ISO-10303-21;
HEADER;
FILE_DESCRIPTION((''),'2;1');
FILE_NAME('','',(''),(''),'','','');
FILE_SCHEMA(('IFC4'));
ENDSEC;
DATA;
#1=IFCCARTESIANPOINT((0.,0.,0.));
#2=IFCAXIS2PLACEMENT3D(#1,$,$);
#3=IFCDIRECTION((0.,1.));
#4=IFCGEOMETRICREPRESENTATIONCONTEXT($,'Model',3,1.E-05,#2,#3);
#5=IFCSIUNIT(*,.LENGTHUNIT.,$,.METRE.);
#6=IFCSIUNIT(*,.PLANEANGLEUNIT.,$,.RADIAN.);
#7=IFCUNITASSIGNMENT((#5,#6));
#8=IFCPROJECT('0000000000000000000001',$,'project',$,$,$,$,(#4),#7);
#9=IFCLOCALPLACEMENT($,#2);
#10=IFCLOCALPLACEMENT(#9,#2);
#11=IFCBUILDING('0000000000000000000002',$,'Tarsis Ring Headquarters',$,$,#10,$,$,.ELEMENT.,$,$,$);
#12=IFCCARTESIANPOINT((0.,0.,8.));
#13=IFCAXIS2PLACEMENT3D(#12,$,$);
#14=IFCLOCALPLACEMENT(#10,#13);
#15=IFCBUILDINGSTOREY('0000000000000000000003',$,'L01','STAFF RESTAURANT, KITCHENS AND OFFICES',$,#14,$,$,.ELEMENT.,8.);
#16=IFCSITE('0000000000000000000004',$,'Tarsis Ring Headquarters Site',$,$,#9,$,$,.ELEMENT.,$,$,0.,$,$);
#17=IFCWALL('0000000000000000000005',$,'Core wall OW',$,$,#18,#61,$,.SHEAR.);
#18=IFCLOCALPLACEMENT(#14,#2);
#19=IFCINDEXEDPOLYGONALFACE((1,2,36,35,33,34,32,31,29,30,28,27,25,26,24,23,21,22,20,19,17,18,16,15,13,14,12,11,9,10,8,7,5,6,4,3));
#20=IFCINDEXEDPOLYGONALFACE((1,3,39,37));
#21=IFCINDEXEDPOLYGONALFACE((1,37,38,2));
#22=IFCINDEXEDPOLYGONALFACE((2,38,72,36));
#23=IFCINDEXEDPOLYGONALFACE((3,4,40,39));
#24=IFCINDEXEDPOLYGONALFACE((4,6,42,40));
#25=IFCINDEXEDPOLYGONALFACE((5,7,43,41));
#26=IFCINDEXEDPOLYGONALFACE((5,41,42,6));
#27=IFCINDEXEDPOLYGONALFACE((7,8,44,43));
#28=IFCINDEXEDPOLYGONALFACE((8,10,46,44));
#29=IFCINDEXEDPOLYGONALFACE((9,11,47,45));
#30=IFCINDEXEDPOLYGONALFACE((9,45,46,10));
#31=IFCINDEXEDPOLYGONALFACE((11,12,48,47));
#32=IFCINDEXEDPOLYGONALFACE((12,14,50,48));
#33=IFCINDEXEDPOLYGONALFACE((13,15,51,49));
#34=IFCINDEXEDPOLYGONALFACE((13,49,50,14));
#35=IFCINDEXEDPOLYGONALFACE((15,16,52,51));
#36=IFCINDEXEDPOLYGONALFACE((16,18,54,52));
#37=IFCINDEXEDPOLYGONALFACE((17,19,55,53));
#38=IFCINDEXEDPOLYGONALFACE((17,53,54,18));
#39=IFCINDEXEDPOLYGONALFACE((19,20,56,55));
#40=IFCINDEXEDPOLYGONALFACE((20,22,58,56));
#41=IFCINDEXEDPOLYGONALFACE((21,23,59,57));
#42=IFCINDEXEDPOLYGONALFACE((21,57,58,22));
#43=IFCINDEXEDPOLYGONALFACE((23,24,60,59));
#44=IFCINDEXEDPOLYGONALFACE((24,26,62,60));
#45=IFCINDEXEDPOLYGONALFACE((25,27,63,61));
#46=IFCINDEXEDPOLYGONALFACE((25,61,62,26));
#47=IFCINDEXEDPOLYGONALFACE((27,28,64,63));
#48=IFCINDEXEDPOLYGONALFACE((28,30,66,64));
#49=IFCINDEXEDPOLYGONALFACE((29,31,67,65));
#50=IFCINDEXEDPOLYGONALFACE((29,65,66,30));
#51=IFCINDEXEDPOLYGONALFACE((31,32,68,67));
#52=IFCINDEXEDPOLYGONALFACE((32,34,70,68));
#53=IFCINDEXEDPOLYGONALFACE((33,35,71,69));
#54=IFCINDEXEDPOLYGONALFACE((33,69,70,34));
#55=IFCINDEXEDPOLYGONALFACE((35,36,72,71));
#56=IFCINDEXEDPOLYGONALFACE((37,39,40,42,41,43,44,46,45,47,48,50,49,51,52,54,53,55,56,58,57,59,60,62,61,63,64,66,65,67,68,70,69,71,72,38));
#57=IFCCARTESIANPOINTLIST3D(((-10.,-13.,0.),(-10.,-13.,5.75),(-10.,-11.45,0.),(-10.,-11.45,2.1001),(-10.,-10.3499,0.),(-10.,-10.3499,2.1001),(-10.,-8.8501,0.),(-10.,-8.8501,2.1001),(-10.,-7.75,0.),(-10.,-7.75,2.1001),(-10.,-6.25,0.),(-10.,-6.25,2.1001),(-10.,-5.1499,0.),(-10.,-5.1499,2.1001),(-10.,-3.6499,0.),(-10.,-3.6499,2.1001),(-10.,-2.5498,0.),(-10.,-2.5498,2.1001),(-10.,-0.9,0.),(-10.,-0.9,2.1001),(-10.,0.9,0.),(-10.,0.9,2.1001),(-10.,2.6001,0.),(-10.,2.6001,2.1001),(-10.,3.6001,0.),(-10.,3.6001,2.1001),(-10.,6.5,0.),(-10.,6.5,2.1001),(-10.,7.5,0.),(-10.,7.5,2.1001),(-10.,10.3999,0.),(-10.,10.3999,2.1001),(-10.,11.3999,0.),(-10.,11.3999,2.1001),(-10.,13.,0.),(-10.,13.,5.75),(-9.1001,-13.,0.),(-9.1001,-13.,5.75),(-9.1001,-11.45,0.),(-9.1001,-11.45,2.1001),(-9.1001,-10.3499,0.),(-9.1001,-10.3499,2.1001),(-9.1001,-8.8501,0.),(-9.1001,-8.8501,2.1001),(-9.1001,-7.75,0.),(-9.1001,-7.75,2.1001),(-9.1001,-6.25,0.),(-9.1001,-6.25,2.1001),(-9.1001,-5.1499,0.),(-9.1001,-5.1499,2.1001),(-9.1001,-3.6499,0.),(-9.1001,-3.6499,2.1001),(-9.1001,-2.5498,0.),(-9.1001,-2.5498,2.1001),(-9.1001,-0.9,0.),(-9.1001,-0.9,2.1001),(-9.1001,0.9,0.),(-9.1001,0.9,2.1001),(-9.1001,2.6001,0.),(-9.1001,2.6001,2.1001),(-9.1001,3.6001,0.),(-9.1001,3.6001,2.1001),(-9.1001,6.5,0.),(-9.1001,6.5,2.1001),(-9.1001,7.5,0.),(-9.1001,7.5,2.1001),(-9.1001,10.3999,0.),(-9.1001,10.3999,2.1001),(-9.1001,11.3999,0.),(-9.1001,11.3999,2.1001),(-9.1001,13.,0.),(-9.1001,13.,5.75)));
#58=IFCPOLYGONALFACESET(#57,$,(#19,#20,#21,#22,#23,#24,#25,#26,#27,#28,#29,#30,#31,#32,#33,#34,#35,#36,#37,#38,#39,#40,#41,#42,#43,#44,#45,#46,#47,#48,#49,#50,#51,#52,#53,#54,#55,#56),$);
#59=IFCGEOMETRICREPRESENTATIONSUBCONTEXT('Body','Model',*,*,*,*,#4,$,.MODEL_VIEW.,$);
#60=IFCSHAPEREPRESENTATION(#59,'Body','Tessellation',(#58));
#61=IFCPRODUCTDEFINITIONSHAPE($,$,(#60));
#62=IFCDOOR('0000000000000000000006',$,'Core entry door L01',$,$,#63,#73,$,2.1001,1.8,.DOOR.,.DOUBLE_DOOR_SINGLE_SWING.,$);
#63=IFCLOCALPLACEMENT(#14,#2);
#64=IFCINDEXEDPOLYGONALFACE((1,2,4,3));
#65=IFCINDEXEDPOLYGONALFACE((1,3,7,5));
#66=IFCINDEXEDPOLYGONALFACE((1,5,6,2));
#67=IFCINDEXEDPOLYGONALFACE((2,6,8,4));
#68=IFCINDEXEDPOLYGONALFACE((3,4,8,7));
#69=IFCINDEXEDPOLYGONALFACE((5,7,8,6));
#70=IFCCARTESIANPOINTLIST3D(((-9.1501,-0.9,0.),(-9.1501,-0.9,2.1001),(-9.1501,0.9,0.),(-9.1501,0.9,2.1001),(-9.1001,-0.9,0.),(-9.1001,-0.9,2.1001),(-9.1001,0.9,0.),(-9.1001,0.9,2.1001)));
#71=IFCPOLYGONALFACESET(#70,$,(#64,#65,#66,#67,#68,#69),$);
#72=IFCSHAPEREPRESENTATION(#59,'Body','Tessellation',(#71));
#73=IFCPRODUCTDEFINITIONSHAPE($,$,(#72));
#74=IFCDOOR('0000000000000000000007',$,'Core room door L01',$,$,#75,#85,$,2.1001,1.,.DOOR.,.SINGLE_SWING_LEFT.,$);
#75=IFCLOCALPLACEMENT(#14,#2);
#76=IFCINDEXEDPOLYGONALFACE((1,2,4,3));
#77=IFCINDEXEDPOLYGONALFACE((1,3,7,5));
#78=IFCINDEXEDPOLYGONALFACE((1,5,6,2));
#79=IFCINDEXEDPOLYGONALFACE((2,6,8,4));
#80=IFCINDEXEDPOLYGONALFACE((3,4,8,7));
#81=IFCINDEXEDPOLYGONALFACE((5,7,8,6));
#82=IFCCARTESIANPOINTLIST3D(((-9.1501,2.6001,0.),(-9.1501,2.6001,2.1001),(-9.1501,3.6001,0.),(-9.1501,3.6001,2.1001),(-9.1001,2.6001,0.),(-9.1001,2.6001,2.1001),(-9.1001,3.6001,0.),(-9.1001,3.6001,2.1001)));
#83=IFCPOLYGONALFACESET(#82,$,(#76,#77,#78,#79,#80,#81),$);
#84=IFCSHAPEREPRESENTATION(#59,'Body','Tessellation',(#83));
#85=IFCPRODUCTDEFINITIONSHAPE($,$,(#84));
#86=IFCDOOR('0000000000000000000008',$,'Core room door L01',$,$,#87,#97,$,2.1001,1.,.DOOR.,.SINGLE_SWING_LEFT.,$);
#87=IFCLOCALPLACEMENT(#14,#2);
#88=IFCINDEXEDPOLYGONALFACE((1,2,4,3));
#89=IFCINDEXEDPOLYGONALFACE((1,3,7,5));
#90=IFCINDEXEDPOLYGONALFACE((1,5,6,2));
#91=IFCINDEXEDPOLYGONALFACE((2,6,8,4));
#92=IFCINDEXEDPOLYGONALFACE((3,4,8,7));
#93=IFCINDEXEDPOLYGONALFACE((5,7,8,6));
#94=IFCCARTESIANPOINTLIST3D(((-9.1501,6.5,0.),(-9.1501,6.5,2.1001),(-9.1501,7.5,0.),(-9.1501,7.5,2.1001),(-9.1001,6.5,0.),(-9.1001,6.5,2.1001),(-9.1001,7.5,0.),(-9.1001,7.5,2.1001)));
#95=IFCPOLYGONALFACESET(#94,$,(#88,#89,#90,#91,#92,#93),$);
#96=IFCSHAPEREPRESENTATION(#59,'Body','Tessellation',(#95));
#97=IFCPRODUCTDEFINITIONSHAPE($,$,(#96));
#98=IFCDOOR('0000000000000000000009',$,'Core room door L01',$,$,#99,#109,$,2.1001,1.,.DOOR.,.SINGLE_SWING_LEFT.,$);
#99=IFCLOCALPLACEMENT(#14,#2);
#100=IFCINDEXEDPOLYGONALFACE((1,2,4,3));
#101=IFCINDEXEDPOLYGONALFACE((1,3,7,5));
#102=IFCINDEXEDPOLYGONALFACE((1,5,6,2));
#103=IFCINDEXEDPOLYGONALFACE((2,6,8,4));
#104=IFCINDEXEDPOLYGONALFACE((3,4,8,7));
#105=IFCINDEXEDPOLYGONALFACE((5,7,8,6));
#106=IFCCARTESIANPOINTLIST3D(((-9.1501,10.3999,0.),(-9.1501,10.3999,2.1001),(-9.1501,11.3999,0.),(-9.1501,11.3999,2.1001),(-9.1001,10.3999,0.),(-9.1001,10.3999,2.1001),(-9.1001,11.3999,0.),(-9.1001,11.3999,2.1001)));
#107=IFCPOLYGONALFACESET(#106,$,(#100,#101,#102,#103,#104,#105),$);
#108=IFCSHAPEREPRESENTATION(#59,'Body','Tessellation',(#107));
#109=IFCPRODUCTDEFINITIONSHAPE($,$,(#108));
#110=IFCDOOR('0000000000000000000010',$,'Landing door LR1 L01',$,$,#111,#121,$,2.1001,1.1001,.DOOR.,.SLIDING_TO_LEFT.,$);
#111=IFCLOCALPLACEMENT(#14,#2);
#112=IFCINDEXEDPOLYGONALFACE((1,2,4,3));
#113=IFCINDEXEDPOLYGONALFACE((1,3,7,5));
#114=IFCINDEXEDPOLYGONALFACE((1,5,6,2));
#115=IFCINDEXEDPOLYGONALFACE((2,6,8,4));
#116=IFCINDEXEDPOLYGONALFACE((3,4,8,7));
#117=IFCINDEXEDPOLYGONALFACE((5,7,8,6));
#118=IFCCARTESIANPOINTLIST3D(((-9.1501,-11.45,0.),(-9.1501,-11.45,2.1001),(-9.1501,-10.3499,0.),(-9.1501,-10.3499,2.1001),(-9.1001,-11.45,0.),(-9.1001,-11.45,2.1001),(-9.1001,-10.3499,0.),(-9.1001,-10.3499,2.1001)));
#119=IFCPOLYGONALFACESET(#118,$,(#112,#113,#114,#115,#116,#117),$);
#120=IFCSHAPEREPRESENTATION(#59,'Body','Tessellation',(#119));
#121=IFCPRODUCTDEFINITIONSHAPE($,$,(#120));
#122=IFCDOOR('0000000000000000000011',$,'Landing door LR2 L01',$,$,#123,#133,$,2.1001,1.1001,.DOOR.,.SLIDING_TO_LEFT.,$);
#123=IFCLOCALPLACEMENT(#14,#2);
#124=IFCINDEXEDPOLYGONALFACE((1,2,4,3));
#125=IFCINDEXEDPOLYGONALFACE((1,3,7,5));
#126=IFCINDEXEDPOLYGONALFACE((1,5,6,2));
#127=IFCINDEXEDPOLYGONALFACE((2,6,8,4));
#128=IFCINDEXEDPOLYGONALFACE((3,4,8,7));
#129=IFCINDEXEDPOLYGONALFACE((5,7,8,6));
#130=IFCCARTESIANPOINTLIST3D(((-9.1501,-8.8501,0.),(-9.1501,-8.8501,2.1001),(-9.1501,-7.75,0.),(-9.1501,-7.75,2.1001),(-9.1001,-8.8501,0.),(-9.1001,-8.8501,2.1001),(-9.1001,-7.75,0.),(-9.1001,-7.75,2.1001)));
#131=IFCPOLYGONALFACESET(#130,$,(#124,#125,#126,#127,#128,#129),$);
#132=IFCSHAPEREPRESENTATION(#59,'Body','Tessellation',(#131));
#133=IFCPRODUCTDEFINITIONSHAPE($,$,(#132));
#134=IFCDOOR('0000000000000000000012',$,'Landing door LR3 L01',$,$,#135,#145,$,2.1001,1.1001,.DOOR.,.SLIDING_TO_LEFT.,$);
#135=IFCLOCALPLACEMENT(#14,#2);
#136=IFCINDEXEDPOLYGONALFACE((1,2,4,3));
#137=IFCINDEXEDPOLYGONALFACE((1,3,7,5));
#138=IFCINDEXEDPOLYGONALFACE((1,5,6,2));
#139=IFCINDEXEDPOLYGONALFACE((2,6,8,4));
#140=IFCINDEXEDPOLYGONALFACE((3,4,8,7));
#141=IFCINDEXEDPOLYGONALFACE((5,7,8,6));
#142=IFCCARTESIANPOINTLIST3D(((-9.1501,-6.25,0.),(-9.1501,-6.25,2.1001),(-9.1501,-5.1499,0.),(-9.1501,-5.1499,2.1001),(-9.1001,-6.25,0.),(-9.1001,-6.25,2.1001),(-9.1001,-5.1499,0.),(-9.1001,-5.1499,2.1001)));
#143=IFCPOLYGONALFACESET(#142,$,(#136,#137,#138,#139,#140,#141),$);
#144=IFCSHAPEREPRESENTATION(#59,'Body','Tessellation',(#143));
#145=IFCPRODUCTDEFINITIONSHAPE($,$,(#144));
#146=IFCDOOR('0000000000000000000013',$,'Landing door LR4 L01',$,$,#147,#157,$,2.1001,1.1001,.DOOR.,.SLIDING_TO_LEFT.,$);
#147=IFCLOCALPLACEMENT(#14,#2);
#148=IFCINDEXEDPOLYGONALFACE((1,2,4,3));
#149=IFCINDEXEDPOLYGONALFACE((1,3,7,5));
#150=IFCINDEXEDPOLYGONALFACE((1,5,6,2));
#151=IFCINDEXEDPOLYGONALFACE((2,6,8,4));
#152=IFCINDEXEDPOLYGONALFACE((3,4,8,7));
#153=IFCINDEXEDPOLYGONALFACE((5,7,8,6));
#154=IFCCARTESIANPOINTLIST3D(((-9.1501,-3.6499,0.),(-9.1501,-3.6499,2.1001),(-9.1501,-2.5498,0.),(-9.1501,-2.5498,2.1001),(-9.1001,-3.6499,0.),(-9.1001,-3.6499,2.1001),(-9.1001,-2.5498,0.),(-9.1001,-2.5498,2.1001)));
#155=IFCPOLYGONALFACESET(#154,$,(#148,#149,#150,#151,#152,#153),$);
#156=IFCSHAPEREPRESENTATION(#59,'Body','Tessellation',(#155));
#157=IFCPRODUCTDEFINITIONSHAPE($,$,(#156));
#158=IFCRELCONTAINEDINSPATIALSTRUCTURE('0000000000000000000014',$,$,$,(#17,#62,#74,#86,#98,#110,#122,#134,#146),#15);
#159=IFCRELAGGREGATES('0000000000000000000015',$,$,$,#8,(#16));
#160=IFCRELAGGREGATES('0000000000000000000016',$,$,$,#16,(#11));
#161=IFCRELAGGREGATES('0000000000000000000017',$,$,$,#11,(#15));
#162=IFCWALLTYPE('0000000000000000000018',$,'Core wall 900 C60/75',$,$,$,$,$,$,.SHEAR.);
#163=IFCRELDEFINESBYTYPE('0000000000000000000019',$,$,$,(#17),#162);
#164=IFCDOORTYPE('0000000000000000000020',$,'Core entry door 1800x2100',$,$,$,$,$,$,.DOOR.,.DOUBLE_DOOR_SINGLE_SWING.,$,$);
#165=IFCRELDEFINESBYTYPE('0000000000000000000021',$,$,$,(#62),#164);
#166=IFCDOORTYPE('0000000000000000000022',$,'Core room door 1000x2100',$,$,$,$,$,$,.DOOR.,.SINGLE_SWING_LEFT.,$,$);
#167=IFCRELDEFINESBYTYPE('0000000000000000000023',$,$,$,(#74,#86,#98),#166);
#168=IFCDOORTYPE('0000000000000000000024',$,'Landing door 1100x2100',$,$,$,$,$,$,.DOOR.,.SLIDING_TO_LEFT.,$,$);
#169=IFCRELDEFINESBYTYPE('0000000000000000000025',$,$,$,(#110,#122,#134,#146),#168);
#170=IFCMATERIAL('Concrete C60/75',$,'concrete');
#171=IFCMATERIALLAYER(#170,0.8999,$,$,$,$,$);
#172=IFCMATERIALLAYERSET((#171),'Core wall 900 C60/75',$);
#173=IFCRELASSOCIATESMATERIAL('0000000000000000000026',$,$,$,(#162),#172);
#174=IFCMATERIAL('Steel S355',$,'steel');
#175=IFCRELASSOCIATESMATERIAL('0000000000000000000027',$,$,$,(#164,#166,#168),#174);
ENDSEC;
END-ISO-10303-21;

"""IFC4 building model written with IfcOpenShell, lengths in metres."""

from ifc_helpers import new_model, si_unit, direction, frame, frame_2d, origin, place, context, subcontext, project, spatial, rectangle, extrude, material, layer, layer_set, type_object, element, fill, save


model = new_model("IFC4")

# Units and contexts
model_context = context("Model", 3, precision=1e-05, world=origin(), true_north=direction((0.0, 1.0)))
body_context = subcontext(model_context, "Body", "Model", "MODEL_VIEW")
ifc_project = project(units=[si_unit("LENGTHUNIT", "METRE"), si_unit("PLANEANGLEUNIT", "RADIAN")], contexts=[model_context])

# Site, building, storey
site_placement = place(None, origin())
site = spatial("IfcSite", under=ifc_project, at=site_placement, Name="Tarsis Ring Headquarters Site", CompositionType="ELEMENT", RefElevation=0.0)
building_placement = place(site_placement, origin())
building = spatial("IfcBuilding", under=site, at=building_placement, Name="Tarsis Ring Headquarters", CompositionType="ELEMENT")
storey_placement = place(building_placement, frame((0.0, 0.0, 8.0)))
storey = spatial("IfcBuildingStorey", under=building, at=storey_placement, Name="L01", Description="STAFF RESTAURANT, KITCHENS AND OFFICES", CompositionType="ELEMENT", Elevation=8.0)

# Shared definitions
ifc_material_1 = material(Name="Concrete C60/75", Category="concrete")

# Wall, openings, doors
ifc_layer_1 = layer(ifc_material_1, 0.8999)
ifc_layer_set_1 = layer_set([ifc_layer_1], Name="Core wall 900 C60/75")
wall_type_1 = type_object("IfcWallType", Name="Core wall 900 C60/75", PredefinedType="SHEAR", material=ifc_layer_set_1)
wall_1_placement = place(storey_placement, frame((-9.55, -13.0, 0.0), z_axis=(0.0, 0.0, 1.0), x_axis=(0.0, 1.0, 0.0)))
wall_1 = element("IfcWall", 1, at=wall_1_placement, inside=storey, type_object=wall_type_1, Name="Core wall OW", PredefinedType="SHEAR", context=body_context, shape_type="SweptSolid", body=[
    extrude(rectangle(XDim=26.0, YDim=0.8999, at=frame_2d((13.0, 0.0))), origin(), (0.0, 0.0, 1.0), 5.75),
])
opening_1_placement = place(wall_1_placement, frame((1.55, 0.0, 0.0)))
opening_1 = element("IfcOpeningElement", 2, at=opening_1_placement, cuts=wall_1, PredefinedType="OPENING", context=body_context, shape_type="SweptSolid", body=[
    extrude(rectangle(XDim=1.1001, YDim=2.1001, at=frame_2d((0.55, 1.05))), frame((0.0, 0.46, 0.0), z_axis=(0.0, -1.0, 0.0), x_axis=(1.0, 0.0, 0.0)), (0.0, 0.0, 1.0), 0.9199),
])
opening_2_placement = place(wall_1_placement, frame((4.1499, 0.0, 0.0)))
opening_2 = element("IfcOpeningElement", 3, at=opening_2_placement, cuts=wall_1, PredefinedType="OPENING", context=body_context, shape_type="SweptSolid", body=[
    extrude(rectangle(XDim=1.1001, YDim=2.1001, at=frame_2d((0.55, 1.05))), frame((0.0, 0.46, 0.0), z_axis=(0.0, -1.0, 0.0), x_axis=(1.0, 0.0, 0.0)), (0.0, 0.0, 1.0), 0.9199),
])
opening_3_placement = place(wall_1_placement, frame((6.75, 0.0, 0.0)))
opening_3 = element("IfcOpeningElement", 4, at=opening_3_placement, cuts=wall_1, PredefinedType="OPENING", context=body_context, shape_type="SweptSolid", body=[
    extrude(rectangle(XDim=1.1001, YDim=2.1001, at=frame_2d((0.55, 1.05))), frame((0.0, 0.46, 0.0), z_axis=(0.0, -1.0, 0.0), x_axis=(1.0, 0.0, 0.0)), (0.0, 0.0, 1.0), 0.9199),
])
opening_4_placement = place(wall_1_placement, frame((9.3501, 0.0, 0.0)))
opening_4 = element("IfcOpeningElement", 5, at=opening_4_placement, cuts=wall_1, PredefinedType="OPENING", context=body_context, shape_type="SweptSolid", body=[
    extrude(rectangle(XDim=1.1001, YDim=2.1001, at=frame_2d((0.55, 1.05))), frame((0.0, 0.46, 0.0), z_axis=(0.0, -1.0, 0.0), x_axis=(1.0, 0.0, 0.0)), (0.0, 0.0, 1.0), 0.9199),
])
opening_5_placement = place(wall_1_placement, frame((12.1001, 0.0, 0.0)))
opening_5 = element("IfcOpeningElement", 6, at=opening_5_placement, cuts=wall_1, PredefinedType="OPENING", context=body_context, shape_type="SweptSolid", body=[
    extrude(rectangle(XDim=1.8, YDim=2.1001, at=frame_2d((0.8999, 1.05))), frame((0.0, 0.46, 0.0), z_axis=(0.0, -1.0, 0.0), x_axis=(1.0, 0.0, 0.0)), (0.0, 0.0, 1.0), 0.9199),
])
opening_6_placement = place(wall_1_placement, frame((15.6001, 0.0, 0.0)))
opening_6 = element("IfcOpeningElement", 7, at=opening_6_placement, cuts=wall_1, PredefinedType="OPENING", context=body_context, shape_type="SweptSolid", body=[
    extrude(rectangle(XDim=1.0, YDim=2.1001, at=frame_2d((0.5, 1.05))), frame((0.0, 0.46, 0.0), z_axis=(0.0, -1.0, 0.0), x_axis=(1.0, 0.0, 0.0)), (0.0, 0.0, 1.0), 0.9199),
])
opening_7_placement = place(wall_1_placement, frame((19.5, 0.0, 0.0)))
opening_7 = element("IfcOpeningElement", 8, at=opening_7_placement, cuts=wall_1, PredefinedType="OPENING", context=body_context, shape_type="SweptSolid", body=[
    extrude(rectangle(XDim=1.0, YDim=2.1001, at=frame_2d((0.5, 1.05))), frame((0.0, 0.46, 0.0), z_axis=(0.0, -1.0, 0.0), x_axis=(1.0, 0.0, 0.0)), (0.0, 0.0, 1.0), 0.9199),
])
opening_8_placement = place(wall_1_placement, frame((23.3999, 0.0, 0.0)))
opening_8 = element("IfcOpeningElement", 9, at=opening_8_placement, cuts=wall_1, PredefinedType="OPENING", context=body_context, shape_type="SweptSolid", body=[
    extrude(rectangle(XDim=1.0, YDim=2.1001, at=frame_2d((0.5, 1.05))), frame((0.0, 0.46, 0.0), z_axis=(0.0, -1.0, 0.0), x_axis=(1.0, 0.0, 0.0)), (0.0, 0.0, 1.0), 0.9199),
])
ifc_material_2 = material(Name="Steel S355", Category="steel")
door_type_1 = type_object("IfcDoorType", Name="Core entry door 1800x2100", OperationType="DOUBLE_DOOR_SINGLE_SWING", PredefinedType="DOOR", material=ifc_material_2)
door_1_placement = place(opening_5_placement, origin())
door_1 = element("IfcDoor", 10, at=door_1_placement, inside=storey, type_object=door_type_1, Name="Core entry door L01", OperationType="DOUBLE_DOOR_SINGLE_SWING", OverallHeight=2.1001, OverallWidth=1.8, PredefinedType="DOOR", context=body_context, shape_type="SweptSolid", body=[
    extrude(rectangle(XDim=1.8, YDim=2.1001, at=frame_2d((0.8999, 1.05))), frame((0.0, -0.3999, 0.0), z_axis=(0.0, -1.0, 0.0), x_axis=(1.0, 0.0, 0.0)), (0.0, 0.0, 1.0), 0.05),
])
fill(opening_5, door_1)
door_type_2 = type_object("IfcDoorType", Name="Core room door 1000x2100", OperationType="SINGLE_SWING_LEFT", PredefinedType="DOOR", material=ifc_material_2)
door_2_placement = place(opening_6_placement, origin())
door_2 = element("IfcDoor", 11, at=door_2_placement, inside=storey, type_object=door_type_2, Name="Core room door L01", OperationType="SINGLE_SWING_LEFT", OverallHeight=2.1001, OverallWidth=1.0, PredefinedType="DOOR", context=body_context, shape_type="SweptSolid", body=[
    extrude(rectangle(XDim=1.0, YDim=2.1001, at=frame_2d((0.5, 1.05))), frame((0.0, -0.3999, 0.0), z_axis=(0.0, -1.0, 0.0), x_axis=(1.0, 0.0, 0.0)), (0.0, 0.0, 1.0), 0.05),
])
fill(opening_6, door_2)
door_3_placement = place(opening_7_placement, origin())
door_3 = element("IfcDoor", 12, at=door_3_placement, inside=storey, type_object=door_type_2, Name="Core room door L01", OperationType="SINGLE_SWING_LEFT", OverallHeight=2.1001, OverallWidth=1.0, PredefinedType="DOOR", context=body_context, shape_type="SweptSolid", body=[
    extrude(rectangle(XDim=1.0, YDim=2.1001, at=frame_2d((0.5, 1.05))), frame((0.0, -0.3999, 0.0), z_axis=(0.0, -1.0, 0.0), x_axis=(1.0, 0.0, 0.0)), (0.0, 0.0, 1.0), 0.05),
])
fill(opening_7, door_3)
door_4_placement = place(opening_8_placement, origin())
door_4 = element("IfcDoor", 13, at=door_4_placement, inside=storey, type_object=door_type_2, Name="Core room door L01", OperationType="SINGLE_SWING_LEFT", OverallHeight=2.1001, OverallWidth=1.0, PredefinedType="DOOR", context=body_context, shape_type="SweptSolid", body=[
    extrude(rectangle(XDim=1.0, YDim=2.1001, at=frame_2d((0.5, 1.05))), frame((0.0, -0.3999, 0.0), z_axis=(0.0, -1.0, 0.0), x_axis=(1.0, 0.0, 0.0)), (0.0, 0.0, 1.0), 0.05),
])
fill(opening_8, door_4)
door_type_3 = type_object("IfcDoorType", Name="Landing door 1100x2100", OperationType="SLIDING_TO_LEFT", PredefinedType="DOOR", material=ifc_material_2)
door_5_placement = place(opening_1_placement, origin())
door_5 = element("IfcDoor", 14, at=door_5_placement, inside=storey, type_object=door_type_3, Name="Landing door LR1 L01", OperationType="SLIDING_TO_LEFT", OverallHeight=2.1001, OverallWidth=1.1001, PredefinedType="DOOR", context=body_context, shape_type="SweptSolid", body=[
    extrude(rectangle(XDim=1.1001, YDim=2.1001, at=frame_2d((0.55, 1.05))), frame((0.0, -0.3999, 0.0), z_axis=(0.0, -1.0, 0.0), x_axis=(1.0, 0.0, 0.0)), (0.0, 0.0, 1.0), 0.05),
])
fill(opening_1, door_5)
door_6_placement = place(opening_2_placement, origin())
door_6 = element("IfcDoor", 15, at=door_6_placement, inside=storey, type_object=door_type_3, Name="Landing door LR2 L01", OperationType="SLIDING_TO_LEFT", OverallHeight=2.1001, OverallWidth=1.1001, PredefinedType="DOOR", context=body_context, shape_type="SweptSolid", body=[
    extrude(rectangle(XDim=1.1001, YDim=2.1001, at=frame_2d((0.55, 1.05))), frame((0.0, -0.3999, 0.0), z_axis=(0.0, -1.0, 0.0), x_axis=(1.0, 0.0, 0.0)), (0.0, 0.0, 1.0), 0.05),
])
fill(opening_2, door_6)
door_7_placement = place(opening_3_placement, origin())
door_7 = element("IfcDoor", 16, at=door_7_placement, inside=storey, type_object=door_type_3, Name="Landing door LR3 L01", OperationType="SLIDING_TO_LEFT", OverallHeight=2.1001, OverallWidth=1.1001, PredefinedType="DOOR", context=body_context, shape_type="SweptSolid", body=[
    extrude(rectangle(XDim=1.1001, YDim=2.1001, at=frame_2d((0.55, 1.05))), frame((0.0, -0.3999, 0.0), z_axis=(0.0, -1.0, 0.0), x_axis=(1.0, 0.0, 0.0)), (0.0, 0.0, 1.0), 0.05),
])
fill(opening_3, door_7)
door_8_placement = place(opening_4_placement, origin())
door_8 = element("IfcDoor", 17, at=door_8_placement, inside=storey, type_object=door_type_3, Name="Landing door LR4 L01", OperationType="SLIDING_TO_LEFT", OverallHeight=2.1001, OverallWidth=1.1001, PredefinedType="DOOR", context=body_context, shape_type="SweptSolid", body=[
    extrude(rectangle(XDim=1.1001, YDim=2.1001, at=frame_2d((0.55, 1.05))), frame((0.0, -0.3999, 0.0), z_axis=(0.0, -1.0, 0.0), x_axis=(1.0, 0.0, 0.0)), (0.0, 0.0, 1.0), 0.05),
])
fill(opening_4, door_8)

save(model, "model.ifc")
